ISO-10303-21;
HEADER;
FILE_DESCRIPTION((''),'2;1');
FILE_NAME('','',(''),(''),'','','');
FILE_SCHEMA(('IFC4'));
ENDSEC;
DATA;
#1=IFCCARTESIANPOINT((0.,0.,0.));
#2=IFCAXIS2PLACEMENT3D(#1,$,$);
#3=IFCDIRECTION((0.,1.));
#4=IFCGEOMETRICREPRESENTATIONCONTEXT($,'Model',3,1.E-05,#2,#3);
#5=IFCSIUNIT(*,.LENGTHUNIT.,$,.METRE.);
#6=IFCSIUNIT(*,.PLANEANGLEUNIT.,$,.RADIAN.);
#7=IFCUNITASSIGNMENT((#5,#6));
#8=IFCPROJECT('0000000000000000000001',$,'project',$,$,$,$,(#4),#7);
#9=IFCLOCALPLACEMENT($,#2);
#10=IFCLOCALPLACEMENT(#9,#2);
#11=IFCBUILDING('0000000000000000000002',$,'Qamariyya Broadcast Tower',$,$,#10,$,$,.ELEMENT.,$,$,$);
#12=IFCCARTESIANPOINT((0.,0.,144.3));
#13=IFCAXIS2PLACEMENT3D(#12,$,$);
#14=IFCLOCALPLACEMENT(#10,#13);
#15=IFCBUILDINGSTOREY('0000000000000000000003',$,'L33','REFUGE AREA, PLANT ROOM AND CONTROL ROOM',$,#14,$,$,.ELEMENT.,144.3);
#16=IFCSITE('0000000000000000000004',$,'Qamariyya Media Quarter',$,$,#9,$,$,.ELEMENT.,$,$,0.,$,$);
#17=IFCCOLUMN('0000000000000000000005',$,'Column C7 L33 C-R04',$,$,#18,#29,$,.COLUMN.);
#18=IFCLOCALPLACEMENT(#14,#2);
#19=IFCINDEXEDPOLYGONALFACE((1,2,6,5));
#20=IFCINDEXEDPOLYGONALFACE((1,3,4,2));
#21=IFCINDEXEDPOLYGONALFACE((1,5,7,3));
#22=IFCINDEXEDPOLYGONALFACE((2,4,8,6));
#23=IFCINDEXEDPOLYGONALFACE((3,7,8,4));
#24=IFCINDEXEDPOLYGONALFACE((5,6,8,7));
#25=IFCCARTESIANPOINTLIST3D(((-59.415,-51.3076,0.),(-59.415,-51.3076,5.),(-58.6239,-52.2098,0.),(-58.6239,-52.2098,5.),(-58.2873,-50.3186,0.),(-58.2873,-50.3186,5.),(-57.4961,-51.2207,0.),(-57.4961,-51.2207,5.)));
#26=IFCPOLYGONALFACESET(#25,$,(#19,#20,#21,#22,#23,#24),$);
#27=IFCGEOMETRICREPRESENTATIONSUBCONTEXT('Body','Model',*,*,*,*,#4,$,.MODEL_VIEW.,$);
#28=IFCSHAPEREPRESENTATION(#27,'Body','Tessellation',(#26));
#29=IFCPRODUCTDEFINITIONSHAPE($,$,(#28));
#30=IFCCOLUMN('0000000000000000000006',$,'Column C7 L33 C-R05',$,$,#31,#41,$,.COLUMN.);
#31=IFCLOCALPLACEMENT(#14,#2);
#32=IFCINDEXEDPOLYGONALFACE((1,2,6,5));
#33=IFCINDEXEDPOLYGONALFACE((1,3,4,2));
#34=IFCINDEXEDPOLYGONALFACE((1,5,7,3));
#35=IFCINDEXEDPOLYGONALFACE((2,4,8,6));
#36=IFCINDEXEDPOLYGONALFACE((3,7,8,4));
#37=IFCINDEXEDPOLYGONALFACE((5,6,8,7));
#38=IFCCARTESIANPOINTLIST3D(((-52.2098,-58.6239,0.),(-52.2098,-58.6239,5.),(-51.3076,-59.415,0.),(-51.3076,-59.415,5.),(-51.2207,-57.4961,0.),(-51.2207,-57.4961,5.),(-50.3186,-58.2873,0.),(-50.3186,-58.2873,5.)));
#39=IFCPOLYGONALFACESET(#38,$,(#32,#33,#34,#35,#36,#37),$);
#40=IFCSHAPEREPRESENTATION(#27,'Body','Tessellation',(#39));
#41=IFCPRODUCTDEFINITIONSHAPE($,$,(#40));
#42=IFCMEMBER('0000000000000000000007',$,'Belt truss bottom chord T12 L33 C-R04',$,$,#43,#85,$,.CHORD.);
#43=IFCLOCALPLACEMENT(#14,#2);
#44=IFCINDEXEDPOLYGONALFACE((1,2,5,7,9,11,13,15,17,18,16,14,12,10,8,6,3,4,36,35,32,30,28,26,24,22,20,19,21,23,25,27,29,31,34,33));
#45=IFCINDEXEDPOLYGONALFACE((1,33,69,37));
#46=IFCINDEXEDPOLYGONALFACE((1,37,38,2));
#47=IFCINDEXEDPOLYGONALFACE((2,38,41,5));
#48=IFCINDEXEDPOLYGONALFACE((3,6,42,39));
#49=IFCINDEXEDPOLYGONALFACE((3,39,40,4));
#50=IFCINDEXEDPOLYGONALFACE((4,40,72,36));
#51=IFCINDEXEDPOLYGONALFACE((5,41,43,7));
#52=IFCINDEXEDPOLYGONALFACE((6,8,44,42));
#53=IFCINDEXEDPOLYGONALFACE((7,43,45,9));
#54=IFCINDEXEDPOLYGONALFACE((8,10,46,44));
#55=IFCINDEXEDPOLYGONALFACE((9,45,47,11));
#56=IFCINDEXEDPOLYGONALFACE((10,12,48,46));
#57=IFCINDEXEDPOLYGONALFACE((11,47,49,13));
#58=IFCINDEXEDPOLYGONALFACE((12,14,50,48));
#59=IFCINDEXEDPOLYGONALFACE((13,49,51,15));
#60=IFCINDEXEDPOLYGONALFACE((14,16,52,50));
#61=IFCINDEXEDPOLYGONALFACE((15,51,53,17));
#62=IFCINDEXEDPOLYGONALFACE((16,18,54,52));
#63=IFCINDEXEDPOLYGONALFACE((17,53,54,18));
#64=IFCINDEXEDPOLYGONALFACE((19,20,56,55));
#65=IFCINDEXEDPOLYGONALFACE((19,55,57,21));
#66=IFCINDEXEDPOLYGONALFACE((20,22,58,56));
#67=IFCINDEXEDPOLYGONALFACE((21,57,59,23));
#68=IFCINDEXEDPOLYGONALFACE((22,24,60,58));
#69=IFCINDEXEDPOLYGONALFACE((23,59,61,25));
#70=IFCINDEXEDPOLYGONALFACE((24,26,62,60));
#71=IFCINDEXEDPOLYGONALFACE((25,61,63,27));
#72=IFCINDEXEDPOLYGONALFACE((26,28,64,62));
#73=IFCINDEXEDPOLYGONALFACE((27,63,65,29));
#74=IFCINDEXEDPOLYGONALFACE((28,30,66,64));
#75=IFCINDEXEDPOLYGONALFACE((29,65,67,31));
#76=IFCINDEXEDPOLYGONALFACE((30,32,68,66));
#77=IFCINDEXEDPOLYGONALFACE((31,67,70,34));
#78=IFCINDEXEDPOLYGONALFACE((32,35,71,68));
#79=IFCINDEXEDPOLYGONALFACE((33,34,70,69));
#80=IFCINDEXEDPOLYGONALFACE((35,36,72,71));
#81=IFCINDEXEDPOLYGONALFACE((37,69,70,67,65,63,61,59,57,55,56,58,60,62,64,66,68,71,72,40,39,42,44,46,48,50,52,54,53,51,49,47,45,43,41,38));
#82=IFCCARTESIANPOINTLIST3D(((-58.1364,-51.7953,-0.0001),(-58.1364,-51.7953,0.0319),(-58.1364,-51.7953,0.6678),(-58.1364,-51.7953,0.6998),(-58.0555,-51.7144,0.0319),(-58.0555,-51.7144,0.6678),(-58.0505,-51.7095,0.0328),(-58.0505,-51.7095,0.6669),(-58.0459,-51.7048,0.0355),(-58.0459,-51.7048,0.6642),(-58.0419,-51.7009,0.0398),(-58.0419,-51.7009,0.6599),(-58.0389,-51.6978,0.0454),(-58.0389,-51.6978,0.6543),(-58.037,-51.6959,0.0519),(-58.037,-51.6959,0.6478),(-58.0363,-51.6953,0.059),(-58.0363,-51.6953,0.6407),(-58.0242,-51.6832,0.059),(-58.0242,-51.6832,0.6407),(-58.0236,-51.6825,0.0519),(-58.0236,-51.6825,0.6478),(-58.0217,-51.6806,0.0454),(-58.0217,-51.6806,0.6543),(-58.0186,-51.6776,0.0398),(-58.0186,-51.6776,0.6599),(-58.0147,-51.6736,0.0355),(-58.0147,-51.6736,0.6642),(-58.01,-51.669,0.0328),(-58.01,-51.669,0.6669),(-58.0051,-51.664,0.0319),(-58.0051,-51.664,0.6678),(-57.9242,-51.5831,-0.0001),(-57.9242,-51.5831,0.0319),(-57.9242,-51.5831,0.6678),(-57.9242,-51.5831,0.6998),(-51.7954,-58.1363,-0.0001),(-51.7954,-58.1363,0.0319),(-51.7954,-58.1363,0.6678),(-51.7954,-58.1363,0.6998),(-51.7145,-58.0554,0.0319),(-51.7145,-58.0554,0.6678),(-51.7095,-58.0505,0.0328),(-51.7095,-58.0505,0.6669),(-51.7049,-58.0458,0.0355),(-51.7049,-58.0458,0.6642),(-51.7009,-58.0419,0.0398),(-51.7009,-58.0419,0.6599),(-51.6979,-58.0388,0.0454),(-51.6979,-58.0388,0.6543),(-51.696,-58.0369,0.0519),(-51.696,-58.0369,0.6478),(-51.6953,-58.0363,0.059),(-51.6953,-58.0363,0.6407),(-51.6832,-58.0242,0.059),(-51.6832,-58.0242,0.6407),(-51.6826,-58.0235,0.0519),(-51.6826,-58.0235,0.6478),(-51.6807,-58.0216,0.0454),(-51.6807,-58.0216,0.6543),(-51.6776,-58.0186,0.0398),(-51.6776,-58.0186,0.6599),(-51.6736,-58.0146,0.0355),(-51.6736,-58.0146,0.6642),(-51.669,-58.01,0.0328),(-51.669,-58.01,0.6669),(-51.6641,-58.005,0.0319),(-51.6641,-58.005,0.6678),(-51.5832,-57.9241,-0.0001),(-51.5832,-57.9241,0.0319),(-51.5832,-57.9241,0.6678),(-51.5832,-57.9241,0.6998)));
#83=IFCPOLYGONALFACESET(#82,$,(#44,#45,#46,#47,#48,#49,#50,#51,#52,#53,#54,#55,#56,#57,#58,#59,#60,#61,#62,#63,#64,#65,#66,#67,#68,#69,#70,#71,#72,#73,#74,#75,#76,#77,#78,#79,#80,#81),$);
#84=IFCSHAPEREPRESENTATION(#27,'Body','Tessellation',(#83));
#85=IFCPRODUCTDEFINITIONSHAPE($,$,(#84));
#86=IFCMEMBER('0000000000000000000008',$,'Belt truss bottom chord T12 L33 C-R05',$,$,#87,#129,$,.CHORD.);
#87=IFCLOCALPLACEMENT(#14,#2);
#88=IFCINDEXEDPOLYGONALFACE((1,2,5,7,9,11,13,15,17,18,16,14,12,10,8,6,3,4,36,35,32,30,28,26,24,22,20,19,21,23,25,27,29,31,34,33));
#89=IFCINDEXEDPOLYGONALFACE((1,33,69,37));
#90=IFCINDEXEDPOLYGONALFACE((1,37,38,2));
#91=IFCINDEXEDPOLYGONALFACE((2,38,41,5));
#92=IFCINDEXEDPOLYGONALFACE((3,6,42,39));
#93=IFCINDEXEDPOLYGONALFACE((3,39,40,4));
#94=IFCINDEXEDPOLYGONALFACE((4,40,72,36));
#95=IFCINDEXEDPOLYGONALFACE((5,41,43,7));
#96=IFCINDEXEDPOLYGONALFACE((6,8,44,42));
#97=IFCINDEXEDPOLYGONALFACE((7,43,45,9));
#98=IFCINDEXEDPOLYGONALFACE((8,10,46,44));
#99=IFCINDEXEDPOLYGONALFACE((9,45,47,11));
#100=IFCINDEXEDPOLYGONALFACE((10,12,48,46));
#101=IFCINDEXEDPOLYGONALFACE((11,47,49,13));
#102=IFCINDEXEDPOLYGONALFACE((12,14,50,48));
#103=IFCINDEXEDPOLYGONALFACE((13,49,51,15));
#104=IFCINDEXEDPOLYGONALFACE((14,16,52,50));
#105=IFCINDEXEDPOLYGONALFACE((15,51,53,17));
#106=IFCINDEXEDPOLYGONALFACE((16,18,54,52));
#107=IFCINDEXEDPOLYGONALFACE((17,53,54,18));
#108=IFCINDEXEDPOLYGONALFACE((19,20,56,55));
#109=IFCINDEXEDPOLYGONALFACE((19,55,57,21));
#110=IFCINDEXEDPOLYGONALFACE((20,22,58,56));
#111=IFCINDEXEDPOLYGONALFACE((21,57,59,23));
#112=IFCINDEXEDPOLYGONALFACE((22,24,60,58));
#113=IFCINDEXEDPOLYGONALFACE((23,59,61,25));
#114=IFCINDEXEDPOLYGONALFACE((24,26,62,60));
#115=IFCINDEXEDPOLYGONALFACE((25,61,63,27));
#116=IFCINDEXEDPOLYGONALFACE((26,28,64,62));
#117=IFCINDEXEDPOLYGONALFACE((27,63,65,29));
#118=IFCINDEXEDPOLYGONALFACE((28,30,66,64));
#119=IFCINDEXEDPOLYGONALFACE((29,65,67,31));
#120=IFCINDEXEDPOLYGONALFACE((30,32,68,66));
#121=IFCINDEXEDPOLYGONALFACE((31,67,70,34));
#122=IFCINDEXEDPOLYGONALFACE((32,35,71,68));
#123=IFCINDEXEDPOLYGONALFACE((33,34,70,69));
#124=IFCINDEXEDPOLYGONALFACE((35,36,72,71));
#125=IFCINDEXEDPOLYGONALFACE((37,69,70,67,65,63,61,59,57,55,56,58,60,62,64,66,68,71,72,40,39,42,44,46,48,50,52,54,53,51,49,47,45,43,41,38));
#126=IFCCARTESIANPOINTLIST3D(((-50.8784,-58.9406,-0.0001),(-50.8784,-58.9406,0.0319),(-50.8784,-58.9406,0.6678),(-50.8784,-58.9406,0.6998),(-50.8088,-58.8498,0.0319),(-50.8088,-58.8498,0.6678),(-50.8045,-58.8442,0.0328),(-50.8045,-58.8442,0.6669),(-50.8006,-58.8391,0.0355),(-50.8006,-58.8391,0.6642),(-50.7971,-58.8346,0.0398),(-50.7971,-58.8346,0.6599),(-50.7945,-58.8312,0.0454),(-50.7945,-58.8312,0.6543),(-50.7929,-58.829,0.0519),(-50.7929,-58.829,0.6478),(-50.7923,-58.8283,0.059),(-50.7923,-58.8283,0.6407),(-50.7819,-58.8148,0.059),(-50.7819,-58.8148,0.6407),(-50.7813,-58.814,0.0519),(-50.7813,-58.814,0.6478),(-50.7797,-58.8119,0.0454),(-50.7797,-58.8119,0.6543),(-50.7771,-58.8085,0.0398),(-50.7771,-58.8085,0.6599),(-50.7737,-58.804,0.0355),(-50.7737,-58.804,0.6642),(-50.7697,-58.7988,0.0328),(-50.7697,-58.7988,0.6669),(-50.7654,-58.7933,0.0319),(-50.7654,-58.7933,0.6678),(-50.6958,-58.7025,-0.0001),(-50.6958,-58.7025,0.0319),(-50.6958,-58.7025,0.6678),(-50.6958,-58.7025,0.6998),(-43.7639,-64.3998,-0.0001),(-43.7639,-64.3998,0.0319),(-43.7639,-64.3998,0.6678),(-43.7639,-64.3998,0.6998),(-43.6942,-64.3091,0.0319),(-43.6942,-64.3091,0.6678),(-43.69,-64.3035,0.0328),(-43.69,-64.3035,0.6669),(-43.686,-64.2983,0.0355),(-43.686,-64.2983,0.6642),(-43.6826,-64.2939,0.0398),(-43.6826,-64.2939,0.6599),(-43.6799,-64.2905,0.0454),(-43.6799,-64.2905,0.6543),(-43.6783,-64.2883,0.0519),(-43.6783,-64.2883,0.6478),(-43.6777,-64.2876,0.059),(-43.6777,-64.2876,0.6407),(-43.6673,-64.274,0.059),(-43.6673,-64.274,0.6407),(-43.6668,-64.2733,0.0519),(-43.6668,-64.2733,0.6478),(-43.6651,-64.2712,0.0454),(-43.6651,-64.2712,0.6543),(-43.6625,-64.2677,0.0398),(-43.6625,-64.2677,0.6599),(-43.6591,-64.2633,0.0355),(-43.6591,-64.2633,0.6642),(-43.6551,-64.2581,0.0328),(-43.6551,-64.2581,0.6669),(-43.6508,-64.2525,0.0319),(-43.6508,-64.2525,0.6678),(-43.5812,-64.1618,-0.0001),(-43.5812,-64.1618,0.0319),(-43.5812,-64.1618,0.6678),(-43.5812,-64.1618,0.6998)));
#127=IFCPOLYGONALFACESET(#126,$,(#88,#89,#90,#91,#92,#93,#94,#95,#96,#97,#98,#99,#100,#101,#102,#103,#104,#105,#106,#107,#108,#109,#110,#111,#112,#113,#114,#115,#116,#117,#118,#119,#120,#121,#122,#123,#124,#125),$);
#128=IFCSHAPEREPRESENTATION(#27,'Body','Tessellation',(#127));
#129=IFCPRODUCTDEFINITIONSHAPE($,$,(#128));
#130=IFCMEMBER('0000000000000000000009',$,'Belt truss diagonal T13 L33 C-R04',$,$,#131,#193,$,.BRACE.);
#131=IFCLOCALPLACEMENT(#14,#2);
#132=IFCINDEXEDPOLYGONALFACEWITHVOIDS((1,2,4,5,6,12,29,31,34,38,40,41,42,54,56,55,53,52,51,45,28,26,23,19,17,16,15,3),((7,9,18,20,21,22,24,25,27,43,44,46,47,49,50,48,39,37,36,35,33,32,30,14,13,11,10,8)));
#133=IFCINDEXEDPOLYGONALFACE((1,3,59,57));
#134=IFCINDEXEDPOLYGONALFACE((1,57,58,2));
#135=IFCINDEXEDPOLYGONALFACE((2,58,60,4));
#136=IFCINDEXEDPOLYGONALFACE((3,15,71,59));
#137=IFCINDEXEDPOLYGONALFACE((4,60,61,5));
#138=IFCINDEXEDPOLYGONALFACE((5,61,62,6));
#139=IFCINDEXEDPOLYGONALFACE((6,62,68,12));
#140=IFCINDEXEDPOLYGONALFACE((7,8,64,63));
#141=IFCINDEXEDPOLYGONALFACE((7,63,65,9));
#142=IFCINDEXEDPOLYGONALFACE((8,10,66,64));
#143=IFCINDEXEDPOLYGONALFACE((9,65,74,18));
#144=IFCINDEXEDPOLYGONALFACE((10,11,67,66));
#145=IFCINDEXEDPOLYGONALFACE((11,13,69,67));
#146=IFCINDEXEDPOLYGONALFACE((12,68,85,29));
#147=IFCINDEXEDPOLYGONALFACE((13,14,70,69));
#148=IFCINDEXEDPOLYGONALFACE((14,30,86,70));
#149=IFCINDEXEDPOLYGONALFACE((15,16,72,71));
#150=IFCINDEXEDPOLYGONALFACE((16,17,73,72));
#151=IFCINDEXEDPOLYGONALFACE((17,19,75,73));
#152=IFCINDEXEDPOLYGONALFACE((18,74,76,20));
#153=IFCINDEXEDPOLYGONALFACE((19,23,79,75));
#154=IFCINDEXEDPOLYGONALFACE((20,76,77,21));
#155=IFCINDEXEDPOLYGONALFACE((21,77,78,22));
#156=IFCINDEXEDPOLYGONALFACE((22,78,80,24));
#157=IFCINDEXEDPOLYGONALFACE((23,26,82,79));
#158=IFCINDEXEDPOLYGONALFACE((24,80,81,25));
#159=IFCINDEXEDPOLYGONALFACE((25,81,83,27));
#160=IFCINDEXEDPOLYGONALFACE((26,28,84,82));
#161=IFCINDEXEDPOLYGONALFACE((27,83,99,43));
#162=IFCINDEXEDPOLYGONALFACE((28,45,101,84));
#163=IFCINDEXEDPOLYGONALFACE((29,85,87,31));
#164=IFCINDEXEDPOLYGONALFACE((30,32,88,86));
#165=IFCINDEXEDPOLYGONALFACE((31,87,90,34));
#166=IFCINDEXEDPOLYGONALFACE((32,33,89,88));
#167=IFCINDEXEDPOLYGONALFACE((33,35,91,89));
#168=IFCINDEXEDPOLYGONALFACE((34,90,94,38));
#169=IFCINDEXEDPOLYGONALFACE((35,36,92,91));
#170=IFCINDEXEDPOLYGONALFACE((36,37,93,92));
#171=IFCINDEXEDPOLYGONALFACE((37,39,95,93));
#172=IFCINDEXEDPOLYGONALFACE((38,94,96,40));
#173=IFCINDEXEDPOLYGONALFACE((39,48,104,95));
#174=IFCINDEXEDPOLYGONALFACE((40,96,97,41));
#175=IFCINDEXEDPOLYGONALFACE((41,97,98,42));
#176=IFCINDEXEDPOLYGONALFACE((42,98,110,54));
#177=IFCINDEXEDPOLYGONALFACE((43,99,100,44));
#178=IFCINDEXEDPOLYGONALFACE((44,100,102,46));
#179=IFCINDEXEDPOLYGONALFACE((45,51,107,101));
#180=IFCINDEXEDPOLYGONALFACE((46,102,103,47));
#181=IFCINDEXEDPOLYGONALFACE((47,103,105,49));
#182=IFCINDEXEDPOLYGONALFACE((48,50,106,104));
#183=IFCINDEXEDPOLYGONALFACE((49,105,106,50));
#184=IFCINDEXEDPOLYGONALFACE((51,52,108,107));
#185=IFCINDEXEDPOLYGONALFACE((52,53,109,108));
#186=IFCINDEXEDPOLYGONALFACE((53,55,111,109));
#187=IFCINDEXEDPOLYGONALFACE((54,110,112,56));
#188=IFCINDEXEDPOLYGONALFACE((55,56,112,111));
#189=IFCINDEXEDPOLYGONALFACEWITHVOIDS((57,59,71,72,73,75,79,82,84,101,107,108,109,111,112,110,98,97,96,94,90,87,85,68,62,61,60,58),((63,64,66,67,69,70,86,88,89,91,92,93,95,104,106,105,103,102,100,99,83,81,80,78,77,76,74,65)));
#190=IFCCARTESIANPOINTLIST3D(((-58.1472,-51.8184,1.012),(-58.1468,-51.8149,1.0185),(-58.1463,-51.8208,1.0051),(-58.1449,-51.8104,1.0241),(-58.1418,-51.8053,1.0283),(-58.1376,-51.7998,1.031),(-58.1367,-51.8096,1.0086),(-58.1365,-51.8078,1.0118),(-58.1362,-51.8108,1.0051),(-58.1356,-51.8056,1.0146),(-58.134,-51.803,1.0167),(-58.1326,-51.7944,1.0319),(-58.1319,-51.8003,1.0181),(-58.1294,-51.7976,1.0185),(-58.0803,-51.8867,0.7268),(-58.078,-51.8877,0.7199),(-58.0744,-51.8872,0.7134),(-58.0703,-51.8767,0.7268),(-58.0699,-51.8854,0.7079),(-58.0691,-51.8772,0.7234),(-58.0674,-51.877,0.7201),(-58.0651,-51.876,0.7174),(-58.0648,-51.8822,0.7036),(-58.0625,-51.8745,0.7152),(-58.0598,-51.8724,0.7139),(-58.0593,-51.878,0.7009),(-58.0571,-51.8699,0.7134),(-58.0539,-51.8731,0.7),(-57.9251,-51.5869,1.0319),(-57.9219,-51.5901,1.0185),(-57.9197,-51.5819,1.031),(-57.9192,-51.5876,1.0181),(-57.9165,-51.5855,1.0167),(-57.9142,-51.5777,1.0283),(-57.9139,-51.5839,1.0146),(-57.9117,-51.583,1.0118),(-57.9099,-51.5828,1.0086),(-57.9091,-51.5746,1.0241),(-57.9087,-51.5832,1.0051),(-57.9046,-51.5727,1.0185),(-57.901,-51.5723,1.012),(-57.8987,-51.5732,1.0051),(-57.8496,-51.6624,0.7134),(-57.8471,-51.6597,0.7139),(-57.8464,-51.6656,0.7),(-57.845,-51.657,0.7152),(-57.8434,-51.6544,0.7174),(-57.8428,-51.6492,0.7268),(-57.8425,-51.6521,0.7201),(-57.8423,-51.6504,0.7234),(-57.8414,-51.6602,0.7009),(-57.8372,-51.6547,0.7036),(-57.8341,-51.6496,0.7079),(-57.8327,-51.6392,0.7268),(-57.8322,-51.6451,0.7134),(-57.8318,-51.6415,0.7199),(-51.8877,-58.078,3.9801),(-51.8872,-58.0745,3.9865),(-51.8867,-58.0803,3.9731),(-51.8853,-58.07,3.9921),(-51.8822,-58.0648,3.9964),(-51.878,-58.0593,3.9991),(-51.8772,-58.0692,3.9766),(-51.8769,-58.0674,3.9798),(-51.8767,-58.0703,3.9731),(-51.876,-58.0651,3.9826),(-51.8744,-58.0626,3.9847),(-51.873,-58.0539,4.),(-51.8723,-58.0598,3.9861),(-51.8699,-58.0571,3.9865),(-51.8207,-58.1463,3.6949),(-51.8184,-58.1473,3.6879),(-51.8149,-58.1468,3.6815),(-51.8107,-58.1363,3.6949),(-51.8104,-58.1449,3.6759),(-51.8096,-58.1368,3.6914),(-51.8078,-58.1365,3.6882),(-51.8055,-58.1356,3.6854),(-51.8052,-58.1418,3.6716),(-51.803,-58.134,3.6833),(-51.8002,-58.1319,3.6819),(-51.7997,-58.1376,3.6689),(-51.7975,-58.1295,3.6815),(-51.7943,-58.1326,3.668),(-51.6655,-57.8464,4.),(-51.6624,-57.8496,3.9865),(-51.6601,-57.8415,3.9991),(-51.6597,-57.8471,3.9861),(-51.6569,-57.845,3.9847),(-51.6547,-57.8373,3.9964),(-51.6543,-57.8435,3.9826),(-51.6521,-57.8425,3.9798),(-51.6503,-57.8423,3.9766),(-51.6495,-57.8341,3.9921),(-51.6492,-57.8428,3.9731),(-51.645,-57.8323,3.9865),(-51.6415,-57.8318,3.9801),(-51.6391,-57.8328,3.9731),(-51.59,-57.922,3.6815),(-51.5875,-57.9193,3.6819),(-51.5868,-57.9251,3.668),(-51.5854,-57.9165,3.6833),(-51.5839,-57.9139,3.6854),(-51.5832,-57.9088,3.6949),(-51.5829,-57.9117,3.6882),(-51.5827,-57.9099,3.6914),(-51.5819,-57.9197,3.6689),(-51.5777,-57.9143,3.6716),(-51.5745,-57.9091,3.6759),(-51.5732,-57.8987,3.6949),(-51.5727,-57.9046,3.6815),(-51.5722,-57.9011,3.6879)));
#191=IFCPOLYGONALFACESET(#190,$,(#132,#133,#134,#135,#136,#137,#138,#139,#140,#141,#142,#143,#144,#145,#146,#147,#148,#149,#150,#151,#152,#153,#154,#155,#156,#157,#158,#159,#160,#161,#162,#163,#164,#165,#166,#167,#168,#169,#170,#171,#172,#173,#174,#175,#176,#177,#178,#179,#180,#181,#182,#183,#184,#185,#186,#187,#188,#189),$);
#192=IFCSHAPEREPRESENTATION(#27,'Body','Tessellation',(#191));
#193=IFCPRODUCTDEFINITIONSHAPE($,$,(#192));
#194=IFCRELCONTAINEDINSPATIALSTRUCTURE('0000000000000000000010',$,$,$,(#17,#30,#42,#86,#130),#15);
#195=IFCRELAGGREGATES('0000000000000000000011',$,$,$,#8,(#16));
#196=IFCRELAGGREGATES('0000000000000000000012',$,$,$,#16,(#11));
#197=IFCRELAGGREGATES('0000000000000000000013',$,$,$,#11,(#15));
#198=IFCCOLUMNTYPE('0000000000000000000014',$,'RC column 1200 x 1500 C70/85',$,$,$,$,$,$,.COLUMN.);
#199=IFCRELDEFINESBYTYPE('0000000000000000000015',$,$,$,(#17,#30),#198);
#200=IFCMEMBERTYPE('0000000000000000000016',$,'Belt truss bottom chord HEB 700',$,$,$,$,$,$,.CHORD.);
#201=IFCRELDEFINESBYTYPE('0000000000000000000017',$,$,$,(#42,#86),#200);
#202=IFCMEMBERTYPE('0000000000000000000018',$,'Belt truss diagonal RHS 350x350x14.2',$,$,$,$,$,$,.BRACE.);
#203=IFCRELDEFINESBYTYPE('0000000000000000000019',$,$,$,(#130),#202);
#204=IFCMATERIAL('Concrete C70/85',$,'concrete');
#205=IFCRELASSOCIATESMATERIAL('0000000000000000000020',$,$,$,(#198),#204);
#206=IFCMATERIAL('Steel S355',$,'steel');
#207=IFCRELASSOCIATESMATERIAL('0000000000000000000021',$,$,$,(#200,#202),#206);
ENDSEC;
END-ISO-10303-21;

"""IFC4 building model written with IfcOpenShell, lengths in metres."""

from ifc_helpers import new_model, si_unit, direction, frame, origin, origin_2d, place, context, subcontext, project, spatial, rectangle, hollow_rectangle, i_section, extrude, material, material_profile, profile_set, type_object, element, save


model = new_model("IFC4")

# Units and contexts
model_context = context("Model", 3, precision=1e-05, world=origin(), true_north=direction((0.0, 1.0)))
body_context = subcontext(model_context, "Body", "Model", "MODEL_VIEW")
ifc_project = project(units=[si_unit("LENGTHUNIT", "METRE"), si_unit("PLANEANGLEUNIT", "RADIAN")], contexts=[model_context])

# Site, building, storey
site_placement = place(None, origin())
site = spatial("IfcSite", under=ifc_project, at=site_placement, Name="Qamariyya Media Quarter", CompositionType="ELEMENT", RefElevation=0.0)
building_placement = place(site_placement, origin())
building = spatial("IfcBuilding", under=site, at=building_placement, Name="Qamariyya Broadcast Tower", CompositionType="ELEMENT")
storey_placement = place(building_placement, frame((0.0, 0.0, 144.3)))
storey = spatial("IfcBuildingStorey", under=building, at=storey_placement, Name="L33", Description="REFUGE AREA, PLANT ROOM AND CONTROL ROOM", CompositionType="ELEMENT", Elevation=144.3)

# Columns
ifc_material_1 = material(Name="Concrete C70/85", Category="concrete")
ifc_material_profile_1 = material_profile(ifc_material_1, rectangle(XDim=1.2, YDim=1.5, at=origin_2d()))
ifc_profile_set_1 = profile_set([ifc_material_profile_1], Name="Concrete C70/85")
column_type = type_object("IfcColumnType", Name="RC column 1200 x 1500 C70/85", PredefinedType="COLUMN", material=ifc_profile_set_1)
for number, where, z_axis, x_axis, name in (
    (1, (-58.4556, -51.2642, 0.0), (0.0, 0.0, 1.0), (0.659346, -0.75184, 0.0), "Column C7 L33 C-R04"),
    (2, (-51.2642, -58.4556, 0.0), (0.0, 0.0, 1.0), (0.75184, -0.659346, 0.0), "Column C7 L33 C-R05"),
):
    element("IfcColumn", number, at=place(storey_placement, frame(where, z_axis=z_axis, x_axis=x_axis)), inside=storey, type_object=column_type, Name=name, PredefinedType="COLUMN", context=body_context, shape_type="SweptSolid", body=[
        extrude(rectangle(XDim=1.2, YDim=1.5, at=origin_2d()), origin(), (0.0, 0.0, 1.0), 5.0),
    ])

# Members
ifc_material_2 = material(Name="Steel S355", Category="steel")
ifc_material_profile_2 = material_profile(ifc_material_2, i_section(OverallWidth=0.3, OverallDepth=0.7, WebThickness=0.0171, FlangeThickness=0.032, FilletRadius=0.0271, at=origin_2d()))
ifc_profile_set_2 = profile_set([ifc_material_profile_2], Name="Steel S355")
member_type_1 = type_object("IfcMemberType", Name="Belt truss bottom chord HEB 700", PredefinedType="CHORD", material=ifc_profile_set_2)
member_1_placement = place(storey_placement, frame((-58.0303, -51.6892, 0.3499), z_axis=(0.707107, -0.707107, 0.0), x_axis=(0.707107, 0.707107, 0.0)))
element("IfcMember", 3, at=member_1_placement, inside=storey, type_object=member_type_1, Name="Belt truss bottom chord T12 L33 C-R04", PredefinedType="CHORD", context=body_context, shape_type="SweptSolid", body=[
    extrude(i_section(OverallWidth=0.3, OverallDepth=0.7, WebThickness=0.0171, FlangeThickness=0.032, FilletRadius=0.0271, at=origin_2d()), origin(), (0.0, 0.0, 1.0), 8.9675),
])
member_2_placement = place(storey_placement, frame((-50.7871, -58.8215, 0.3499), z_axis=(0.793349, -0.608767, 0.0), x_axis=(0.608767, 0.793349, 0.0)))
element("IfcMember", 4, at=member_2_placement, inside=storey, type_object=member_type_1, Name="Belt truss bottom chord T12 L33 C-R05", PredefinedType="CHORD", context=body_context, shape_type="SweptSolid", body=[
    extrude(i_section(OverallWidth=0.3, OverallDepth=0.7, WebThickness=0.0171, FlangeThickness=0.032, FilletRadius=0.0271, at=origin_2d()), origin(), (0.0, 0.0, 1.0), 8.9678),
])
ifc_material_profile_3 = material_profile(ifc_material_2, hollow_rectangle(XDim=0.3501, YDim=0.3501, WallThickness=0.0142, InnerFilletRadius=0.0142, OuterFilletRadius=0.0283, at=origin_2d()))
ifc_profile_set_3 = profile_set([ifc_material_profile_3], Name="Steel S355")
member_type_2 = type_object("IfcMemberType", Name="Belt truss diagonal RHS 350x350x14.2", PredefinedType="BRACE", material=ifc_profile_set_3)
for number, where, z_axis, x_axis, name in (
    (5, (-57.9895, -51.73, 0.866), (0.670427, -0.670427, 0.31789), (0.707107, 0.707107, 0.0), "Belt truss diagonal T13 L33 C-R04"),
):
    element("IfcMember", number, at=place(storey_placement, frame(where, z_axis=z_axis, x_axis=x_axis)), inside=storey, type_object=member_type_2, Name=name, PredefinedType="BRACE", context=body_context, shape_type="SweptSolid", body=[
        extrude(hollow_rectangle(XDim=0.3501, YDim=0.3501, WallThickness=0.0142, InnerFilletRadius=0.0142, OuterFilletRadius=0.0283, at=origin_2d()), origin(), (0.0, 0.0, 1.0), 9.3367),
    ])

save(model, "model.ifc")
